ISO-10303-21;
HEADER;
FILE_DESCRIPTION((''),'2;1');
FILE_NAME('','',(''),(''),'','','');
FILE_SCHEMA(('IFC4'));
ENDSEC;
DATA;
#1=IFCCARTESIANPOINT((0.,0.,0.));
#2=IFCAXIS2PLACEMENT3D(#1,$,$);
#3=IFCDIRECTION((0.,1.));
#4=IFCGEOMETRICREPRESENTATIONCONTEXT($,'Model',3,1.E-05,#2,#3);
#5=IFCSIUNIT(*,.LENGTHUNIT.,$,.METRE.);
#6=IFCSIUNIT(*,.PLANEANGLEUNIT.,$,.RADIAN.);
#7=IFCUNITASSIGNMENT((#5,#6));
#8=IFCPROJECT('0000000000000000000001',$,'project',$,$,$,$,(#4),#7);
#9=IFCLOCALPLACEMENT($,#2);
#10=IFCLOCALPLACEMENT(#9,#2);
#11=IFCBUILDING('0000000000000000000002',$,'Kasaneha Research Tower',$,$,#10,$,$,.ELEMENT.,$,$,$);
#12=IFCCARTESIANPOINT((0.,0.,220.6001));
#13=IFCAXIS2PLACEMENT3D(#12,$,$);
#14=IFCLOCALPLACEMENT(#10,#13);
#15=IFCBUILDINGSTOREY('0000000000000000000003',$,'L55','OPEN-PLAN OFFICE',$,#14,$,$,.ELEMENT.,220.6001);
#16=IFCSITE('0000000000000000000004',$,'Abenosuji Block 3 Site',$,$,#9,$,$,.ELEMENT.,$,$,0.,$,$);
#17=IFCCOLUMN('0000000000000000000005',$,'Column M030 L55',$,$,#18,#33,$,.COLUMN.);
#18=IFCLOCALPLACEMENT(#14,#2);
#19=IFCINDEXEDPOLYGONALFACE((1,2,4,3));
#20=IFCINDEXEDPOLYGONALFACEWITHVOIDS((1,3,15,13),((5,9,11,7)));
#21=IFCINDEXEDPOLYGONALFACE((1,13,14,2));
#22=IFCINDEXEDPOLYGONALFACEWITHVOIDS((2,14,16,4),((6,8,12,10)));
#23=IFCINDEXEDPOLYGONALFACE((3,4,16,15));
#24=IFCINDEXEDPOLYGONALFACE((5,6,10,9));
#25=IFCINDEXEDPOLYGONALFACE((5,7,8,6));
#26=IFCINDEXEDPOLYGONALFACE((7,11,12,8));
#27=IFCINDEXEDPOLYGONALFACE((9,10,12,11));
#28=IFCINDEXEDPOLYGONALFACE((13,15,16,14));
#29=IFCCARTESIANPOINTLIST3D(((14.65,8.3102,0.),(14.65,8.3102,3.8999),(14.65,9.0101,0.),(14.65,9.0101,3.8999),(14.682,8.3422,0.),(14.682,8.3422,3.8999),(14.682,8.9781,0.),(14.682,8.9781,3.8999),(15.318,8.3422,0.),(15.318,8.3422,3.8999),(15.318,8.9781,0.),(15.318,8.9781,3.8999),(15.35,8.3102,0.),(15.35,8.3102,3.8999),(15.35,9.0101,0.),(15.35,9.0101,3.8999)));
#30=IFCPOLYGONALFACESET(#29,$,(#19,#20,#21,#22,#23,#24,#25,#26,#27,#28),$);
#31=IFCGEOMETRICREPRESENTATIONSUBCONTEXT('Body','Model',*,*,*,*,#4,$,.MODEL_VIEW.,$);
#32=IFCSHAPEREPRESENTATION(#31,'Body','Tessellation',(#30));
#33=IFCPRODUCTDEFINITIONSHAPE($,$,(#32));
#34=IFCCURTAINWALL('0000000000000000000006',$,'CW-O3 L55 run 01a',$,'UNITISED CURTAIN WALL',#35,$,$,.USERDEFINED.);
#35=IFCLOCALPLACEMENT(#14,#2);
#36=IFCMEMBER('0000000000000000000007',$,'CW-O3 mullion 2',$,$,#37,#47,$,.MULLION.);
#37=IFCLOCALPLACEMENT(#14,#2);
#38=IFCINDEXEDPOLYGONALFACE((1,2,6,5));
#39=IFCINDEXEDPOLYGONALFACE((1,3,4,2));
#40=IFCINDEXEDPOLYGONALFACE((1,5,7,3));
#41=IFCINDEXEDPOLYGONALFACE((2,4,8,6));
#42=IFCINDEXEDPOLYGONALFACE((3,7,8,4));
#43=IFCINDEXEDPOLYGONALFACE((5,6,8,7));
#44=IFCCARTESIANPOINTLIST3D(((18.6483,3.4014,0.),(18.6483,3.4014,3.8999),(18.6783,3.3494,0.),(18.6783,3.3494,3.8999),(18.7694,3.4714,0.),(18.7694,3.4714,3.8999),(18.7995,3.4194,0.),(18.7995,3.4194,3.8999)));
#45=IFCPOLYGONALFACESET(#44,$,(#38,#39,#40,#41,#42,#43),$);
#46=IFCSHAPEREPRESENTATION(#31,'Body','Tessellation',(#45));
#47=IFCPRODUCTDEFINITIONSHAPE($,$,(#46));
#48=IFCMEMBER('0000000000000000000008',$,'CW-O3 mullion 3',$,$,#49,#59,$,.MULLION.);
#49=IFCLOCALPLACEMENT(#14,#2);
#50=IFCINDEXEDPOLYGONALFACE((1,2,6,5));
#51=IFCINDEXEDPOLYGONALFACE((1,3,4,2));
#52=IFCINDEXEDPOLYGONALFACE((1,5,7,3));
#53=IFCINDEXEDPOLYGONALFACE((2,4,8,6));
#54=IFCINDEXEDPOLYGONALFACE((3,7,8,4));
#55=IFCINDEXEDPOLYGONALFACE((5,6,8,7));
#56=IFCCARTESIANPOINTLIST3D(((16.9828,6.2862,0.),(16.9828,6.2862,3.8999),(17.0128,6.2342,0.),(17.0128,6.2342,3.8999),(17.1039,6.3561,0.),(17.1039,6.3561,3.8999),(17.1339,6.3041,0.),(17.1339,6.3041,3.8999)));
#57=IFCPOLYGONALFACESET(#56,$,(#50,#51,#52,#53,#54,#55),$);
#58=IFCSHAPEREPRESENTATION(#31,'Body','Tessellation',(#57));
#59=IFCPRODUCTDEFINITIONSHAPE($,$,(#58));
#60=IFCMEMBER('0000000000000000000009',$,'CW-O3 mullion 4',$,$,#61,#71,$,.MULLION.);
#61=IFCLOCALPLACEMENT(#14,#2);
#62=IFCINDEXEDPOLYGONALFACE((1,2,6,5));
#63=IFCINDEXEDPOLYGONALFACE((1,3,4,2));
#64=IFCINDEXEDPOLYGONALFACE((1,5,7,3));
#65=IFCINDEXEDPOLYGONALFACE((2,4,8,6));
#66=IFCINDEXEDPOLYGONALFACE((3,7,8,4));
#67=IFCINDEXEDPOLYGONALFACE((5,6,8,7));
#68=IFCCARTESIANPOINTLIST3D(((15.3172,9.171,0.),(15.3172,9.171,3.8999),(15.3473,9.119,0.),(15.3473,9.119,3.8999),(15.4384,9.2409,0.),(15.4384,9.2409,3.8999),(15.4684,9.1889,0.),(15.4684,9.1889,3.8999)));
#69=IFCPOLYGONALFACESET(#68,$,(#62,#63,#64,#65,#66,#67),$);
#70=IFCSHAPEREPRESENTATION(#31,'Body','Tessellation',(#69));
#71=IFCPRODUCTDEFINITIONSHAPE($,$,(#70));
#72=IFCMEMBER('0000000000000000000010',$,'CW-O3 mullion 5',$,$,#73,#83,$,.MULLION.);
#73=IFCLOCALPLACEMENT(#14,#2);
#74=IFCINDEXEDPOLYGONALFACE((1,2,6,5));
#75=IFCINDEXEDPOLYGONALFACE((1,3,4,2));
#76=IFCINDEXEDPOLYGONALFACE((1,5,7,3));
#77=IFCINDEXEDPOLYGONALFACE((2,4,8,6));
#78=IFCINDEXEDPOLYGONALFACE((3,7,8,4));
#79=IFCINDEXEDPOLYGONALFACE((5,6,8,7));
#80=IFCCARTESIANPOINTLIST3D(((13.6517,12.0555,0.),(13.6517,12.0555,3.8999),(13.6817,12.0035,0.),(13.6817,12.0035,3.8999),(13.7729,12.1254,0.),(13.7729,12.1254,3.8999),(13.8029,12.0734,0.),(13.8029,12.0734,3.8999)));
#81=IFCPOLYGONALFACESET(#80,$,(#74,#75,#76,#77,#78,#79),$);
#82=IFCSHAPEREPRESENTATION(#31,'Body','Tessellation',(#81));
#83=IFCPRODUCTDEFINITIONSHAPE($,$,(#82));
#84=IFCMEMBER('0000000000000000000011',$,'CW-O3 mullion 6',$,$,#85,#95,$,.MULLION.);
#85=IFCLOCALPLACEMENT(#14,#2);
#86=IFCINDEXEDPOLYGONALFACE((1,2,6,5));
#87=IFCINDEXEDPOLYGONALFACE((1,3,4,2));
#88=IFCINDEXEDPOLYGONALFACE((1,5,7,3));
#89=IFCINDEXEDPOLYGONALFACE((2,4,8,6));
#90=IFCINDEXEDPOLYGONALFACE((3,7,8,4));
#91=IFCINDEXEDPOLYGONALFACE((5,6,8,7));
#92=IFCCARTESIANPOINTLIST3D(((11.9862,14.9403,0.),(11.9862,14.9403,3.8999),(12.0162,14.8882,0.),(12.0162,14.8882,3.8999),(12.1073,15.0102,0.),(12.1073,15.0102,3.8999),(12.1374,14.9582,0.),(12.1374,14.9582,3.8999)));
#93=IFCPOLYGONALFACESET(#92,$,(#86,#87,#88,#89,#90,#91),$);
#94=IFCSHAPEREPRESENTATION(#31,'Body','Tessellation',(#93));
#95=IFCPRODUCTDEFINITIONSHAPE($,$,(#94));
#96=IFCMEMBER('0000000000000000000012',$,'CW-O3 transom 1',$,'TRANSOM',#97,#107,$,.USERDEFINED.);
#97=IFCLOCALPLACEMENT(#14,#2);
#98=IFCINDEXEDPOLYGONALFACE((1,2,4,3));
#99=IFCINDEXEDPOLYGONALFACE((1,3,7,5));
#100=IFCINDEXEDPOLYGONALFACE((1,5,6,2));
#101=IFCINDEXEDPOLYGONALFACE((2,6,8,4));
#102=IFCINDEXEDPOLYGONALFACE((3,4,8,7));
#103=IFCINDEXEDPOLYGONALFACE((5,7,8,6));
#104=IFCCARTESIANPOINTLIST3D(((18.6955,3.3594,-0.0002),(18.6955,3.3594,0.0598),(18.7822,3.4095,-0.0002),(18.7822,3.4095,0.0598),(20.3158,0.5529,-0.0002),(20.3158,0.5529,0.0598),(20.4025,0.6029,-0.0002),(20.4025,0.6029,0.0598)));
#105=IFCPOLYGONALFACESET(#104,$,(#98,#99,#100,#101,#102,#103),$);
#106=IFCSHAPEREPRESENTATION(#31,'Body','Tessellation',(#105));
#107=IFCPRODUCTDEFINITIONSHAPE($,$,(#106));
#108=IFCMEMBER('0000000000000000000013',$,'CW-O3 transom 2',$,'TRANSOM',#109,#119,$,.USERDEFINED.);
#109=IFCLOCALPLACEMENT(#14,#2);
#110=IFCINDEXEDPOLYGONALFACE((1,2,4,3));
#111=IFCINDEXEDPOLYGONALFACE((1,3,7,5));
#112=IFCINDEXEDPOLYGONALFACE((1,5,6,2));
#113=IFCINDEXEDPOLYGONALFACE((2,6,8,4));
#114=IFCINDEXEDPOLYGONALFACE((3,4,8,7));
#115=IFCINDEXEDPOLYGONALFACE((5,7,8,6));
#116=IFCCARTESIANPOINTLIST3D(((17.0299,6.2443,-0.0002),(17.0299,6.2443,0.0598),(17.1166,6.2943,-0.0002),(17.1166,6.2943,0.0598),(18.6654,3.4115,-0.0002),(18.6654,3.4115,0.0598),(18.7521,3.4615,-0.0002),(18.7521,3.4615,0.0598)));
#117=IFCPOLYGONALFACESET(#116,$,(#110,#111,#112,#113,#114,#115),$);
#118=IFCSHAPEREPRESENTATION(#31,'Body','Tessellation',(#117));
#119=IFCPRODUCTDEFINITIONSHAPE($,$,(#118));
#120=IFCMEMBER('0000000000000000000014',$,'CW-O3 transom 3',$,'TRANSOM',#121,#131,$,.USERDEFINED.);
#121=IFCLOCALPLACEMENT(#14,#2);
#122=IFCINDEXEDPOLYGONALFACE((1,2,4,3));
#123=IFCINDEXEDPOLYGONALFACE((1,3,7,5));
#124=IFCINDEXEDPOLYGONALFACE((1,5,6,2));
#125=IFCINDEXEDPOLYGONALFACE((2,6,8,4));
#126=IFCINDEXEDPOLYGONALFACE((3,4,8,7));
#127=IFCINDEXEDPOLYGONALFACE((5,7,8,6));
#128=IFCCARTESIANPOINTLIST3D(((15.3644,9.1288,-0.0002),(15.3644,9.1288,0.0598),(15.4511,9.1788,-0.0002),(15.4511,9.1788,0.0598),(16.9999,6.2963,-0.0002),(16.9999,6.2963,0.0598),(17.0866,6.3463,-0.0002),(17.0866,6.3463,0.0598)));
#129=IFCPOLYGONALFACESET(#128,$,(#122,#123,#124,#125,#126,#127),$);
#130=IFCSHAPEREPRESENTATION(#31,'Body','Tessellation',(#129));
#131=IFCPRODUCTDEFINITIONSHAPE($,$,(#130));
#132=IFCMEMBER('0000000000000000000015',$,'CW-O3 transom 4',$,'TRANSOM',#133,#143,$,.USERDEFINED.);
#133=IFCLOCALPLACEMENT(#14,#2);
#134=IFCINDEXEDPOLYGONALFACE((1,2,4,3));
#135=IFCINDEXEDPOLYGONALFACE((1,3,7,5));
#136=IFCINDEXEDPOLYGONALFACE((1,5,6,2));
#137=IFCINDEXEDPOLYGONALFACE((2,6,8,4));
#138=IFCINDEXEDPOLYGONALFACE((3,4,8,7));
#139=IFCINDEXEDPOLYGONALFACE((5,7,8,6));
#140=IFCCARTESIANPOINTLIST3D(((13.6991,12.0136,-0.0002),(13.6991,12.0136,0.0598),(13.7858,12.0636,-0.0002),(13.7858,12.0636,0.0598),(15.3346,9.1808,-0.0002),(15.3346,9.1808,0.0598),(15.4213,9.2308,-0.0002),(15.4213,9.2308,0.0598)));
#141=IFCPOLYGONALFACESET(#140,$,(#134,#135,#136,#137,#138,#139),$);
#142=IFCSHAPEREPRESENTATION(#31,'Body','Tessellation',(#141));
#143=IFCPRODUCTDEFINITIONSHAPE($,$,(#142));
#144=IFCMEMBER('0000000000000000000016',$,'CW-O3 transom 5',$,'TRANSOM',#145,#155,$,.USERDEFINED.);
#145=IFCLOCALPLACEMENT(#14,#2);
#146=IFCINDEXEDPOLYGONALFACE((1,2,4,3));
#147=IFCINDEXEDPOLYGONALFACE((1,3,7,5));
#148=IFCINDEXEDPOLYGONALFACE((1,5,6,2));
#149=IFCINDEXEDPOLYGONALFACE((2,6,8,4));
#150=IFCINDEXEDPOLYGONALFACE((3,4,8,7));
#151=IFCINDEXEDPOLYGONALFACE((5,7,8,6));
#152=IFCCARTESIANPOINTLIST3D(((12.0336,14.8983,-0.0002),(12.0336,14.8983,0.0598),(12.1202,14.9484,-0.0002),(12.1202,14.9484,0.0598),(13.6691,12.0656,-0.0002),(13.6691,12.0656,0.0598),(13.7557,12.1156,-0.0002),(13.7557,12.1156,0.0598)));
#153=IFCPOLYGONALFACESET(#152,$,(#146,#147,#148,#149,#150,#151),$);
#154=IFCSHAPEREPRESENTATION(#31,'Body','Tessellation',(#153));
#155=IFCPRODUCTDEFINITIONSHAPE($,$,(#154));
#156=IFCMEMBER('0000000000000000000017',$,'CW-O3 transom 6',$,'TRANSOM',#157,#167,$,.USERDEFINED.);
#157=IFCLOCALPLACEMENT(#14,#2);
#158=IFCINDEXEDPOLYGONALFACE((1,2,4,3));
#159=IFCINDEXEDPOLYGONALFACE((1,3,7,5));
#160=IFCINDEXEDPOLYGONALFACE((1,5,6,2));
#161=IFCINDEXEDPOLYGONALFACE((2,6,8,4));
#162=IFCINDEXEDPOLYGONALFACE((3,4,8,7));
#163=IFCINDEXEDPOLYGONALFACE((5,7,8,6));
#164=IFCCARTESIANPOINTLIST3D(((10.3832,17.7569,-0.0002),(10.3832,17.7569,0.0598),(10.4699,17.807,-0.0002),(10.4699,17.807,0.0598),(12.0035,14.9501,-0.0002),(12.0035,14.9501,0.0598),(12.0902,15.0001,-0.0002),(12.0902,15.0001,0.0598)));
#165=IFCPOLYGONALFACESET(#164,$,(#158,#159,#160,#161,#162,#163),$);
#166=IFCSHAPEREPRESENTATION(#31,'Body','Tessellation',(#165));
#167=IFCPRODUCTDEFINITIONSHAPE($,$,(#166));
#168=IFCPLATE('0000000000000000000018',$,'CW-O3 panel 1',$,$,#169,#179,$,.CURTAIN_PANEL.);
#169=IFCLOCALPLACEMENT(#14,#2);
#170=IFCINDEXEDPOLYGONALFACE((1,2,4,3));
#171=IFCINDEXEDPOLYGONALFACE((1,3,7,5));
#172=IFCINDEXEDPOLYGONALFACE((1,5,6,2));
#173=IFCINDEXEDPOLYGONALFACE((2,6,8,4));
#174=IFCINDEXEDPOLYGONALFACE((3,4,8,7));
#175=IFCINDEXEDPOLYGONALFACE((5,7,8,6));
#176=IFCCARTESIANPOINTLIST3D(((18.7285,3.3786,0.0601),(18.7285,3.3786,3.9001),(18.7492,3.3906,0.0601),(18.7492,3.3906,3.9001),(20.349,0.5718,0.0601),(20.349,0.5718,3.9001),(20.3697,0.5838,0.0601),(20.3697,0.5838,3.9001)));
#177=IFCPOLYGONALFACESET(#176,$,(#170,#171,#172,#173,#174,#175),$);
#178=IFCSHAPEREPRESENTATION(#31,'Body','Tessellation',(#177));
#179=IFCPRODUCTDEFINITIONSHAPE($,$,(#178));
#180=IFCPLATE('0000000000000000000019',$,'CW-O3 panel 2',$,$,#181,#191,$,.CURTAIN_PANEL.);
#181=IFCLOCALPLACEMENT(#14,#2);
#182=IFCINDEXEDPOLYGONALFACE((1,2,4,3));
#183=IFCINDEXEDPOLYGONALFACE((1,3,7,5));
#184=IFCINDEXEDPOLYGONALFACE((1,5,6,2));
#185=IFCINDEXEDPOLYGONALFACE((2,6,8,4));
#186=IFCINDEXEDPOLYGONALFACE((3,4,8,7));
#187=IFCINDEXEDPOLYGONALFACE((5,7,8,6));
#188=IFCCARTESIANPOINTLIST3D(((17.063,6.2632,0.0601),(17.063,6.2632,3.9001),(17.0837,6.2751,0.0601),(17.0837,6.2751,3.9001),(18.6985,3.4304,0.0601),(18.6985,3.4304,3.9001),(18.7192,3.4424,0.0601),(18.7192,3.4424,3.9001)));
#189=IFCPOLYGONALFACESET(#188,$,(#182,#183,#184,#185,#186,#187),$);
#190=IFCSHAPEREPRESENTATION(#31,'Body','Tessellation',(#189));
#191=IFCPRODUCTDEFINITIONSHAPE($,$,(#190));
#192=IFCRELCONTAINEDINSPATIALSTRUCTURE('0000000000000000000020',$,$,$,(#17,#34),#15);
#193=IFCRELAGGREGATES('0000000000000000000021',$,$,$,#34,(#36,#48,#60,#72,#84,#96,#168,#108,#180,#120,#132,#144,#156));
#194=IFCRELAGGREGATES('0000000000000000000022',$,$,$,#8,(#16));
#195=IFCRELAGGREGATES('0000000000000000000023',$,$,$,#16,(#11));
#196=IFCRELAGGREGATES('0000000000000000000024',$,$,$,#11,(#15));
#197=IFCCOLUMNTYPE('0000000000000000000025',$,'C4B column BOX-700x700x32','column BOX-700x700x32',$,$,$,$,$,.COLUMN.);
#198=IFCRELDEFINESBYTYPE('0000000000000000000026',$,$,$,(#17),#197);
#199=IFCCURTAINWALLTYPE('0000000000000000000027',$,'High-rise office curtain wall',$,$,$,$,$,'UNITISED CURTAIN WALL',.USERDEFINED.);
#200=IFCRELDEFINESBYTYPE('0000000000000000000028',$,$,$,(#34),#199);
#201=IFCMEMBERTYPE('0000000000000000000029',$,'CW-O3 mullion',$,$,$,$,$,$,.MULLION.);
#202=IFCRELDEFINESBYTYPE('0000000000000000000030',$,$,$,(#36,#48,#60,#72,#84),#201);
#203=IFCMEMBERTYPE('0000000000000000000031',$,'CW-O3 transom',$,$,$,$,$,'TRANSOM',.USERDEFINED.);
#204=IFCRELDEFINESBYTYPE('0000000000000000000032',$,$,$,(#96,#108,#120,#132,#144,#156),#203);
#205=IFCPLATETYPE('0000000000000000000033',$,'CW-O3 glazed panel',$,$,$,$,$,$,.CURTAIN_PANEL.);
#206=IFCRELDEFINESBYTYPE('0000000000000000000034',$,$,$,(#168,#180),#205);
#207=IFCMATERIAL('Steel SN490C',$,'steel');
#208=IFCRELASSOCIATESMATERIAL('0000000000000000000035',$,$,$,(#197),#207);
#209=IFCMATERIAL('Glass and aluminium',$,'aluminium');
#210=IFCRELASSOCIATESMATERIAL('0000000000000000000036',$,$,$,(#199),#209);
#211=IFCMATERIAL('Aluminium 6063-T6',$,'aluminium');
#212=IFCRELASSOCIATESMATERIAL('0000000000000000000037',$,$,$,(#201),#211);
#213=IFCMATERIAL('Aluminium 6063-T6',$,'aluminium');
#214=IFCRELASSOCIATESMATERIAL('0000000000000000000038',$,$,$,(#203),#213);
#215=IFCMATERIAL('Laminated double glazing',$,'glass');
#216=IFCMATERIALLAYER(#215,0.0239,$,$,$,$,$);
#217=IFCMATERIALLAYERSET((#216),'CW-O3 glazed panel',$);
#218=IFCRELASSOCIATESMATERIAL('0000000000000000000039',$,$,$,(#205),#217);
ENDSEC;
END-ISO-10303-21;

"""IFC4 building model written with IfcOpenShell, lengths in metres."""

from ifc_helpers import new_model, si_unit, direction, frame, origin, origin_2d, place, context, subcontext, project, spatial, rectangle, hollow_rectangle, extrude, material, layer, layer_set, material_profile, profile_set, type_object, element, aggregate, save


model = new_model("IFC4")

# Units and contexts
model_context = context("Model", 3, precision=1e-05, world=origin(), true_north=direction((0.0, 1.0)))
body_context = subcontext(model_context, "Body", "Model", "MODEL_VIEW")
ifc_project = project(units=[si_unit("LENGTHUNIT", "METRE"), si_unit("PLANEANGLEUNIT", "RADIAN")], contexts=[model_context])

# Site, building, storey
site_placement = place(None, origin())
site = spatial("IfcSite", under=ifc_project, at=site_placement, Name="Abenosuji Block 3 Site", CompositionType="ELEMENT", RefElevation=0.0)
building_placement = place(site_placement, origin())
building = spatial("IfcBuilding", under=site, at=building_placement, Name="Kasaneha Research Tower", CompositionType="ELEMENT")
storey_placement = place(building_placement, frame((0.0, 0.0, 220.6001)))
storey = spatial("IfcBuildingStorey", under=building, at=storey_placement, Name="L55", Description="OPEN-PLAN OFFICE", CompositionType="ELEMENT", Elevation=220.6001)

# Column
ifc_material_1 = material(Name="Steel SN490C", Category="steel")
ifc_material_profile_1 = material_profile(ifc_material_1, hollow_rectangle(XDim=0.7, YDim=0.7, WallThickness=0.032, at=origin_2d()), Name="BOX-700x700x32")
ifc_profile_set_1 = profile_set([ifc_material_profile_1], Name="Steel SN490C")
column_type = type_object("IfcColumnType", Name="C4B column BOX-700x700x32", Description="column BOX-700x700x32", PredefinedType="COLUMN", material=ifc_profile_set_1)
column_placement = place(storey_placement, frame((15.0, 8.6602, 0.0), z_axis=(0.0, 0.0, 1.0), x_axis=(1.0, 0.0, 0.0)))
element("IfcColumn", 1, at=column_placement, inside=storey, type_object=column_type, Name="Column M030 L55", PredefinedType="COLUMN", context=body_context, shape_type="SweptSolid", body=[
    extrude(hollow_rectangle(XDim=0.7, YDim=0.7, WallThickness=0.032, at=origin_2d()), origin(), (0.0, 0.0, 1.0), 3.8999),
])

# Curtain wall, members, plates
ifc_material_2 = material(Name="Glass and aluminium", Category="aluminium")
curtain_wall_type = type_object("IfcCurtainWallType", Name="High-rise office curtain wall", ElementType="UNITISED CURTAIN WALL", PredefinedType="USERDEFINED", material=ifc_material_2)
curtain_wall_placement = place(storey_placement, origin())
curtain_wall = element("IfcCurtainWall", 2, at=curtain_wall_placement, inside=storey, type_object=curtain_wall_type, Name="CW-O3 L55 run 01a", ObjectType="UNITISED CURTAIN WALL", PredefinedType="USERDEFINED")
ifc_material_3 = material(Name="Aluminium 6063-T6", Category="aluminium")
ifc_material_profile_2 = material_profile(ifc_material_3, rectangle(XDim=0.0601, YDim=0.1399, at=origin_2d()), Name="CW-O3 mullion 60x140")
ifc_profile_set_2 = profile_set([ifc_material_profile_2], Name="Aluminium 6063-T6")
member_type_1 = type_object("IfcMemberType", Name="CW-O3 mullion", PredefinedType="MULLION", material=ifc_profile_set_2)
member_1_placement = place(storey_placement, frame((18.7239, 3.4104, 0.0), z_axis=(0.0, 0.0, 1.0), x_axis=(-0.5, 0.866025, 0.0)))
member_1 = element("IfcMember", 3, at=member_1_placement, type_object=member_type_1, Name="CW-O3 mullion 2", PredefinedType="MULLION", context=body_context, shape_type="SweptSolid", body=[
    extrude(rectangle(XDim=0.0601, YDim=0.1399, at=origin_2d()), origin(), (0.0, 0.0, 1.0), 3.8999),
])
member_2_placement = place(storey_placement, frame((17.0583, 6.2952, 0.0), z_axis=(0.0, 0.0, 1.0), x_axis=(-0.5, 0.866025, 0.0)))
member_2 = element("IfcMember", 4, at=member_2_placement, type_object=member_type_1, Name="CW-O3 mullion 3", PredefinedType="MULLION", context=body_context, shape_type="SweptSolid", body=[
    extrude(rectangle(XDim=0.0601, YDim=0.1399, at=origin_2d()), origin(), (0.0, 0.0, 1.0), 3.8999),
])
member_3_placement = place(storey_placement, frame((15.3928, 9.1799, 0.0), z_axis=(0.0, 0.0, 1.0), x_axis=(-0.5, 0.866025, 0.0)))
member_3 = element("IfcMember", 5, at=member_3_placement, type_object=member_type_1, Name="CW-O3 mullion 4", PredefinedType="MULLION", context=body_context, shape_type="SweptSolid", body=[
    extrude(rectangle(XDim=0.0601, YDim=0.1399, at=origin_2d()), origin(), (0.0, 0.0, 1.0), 3.8999),
])
member_4_placement = place(storey_placement, frame((13.7273, 12.0645, 0.0), z_axis=(0.0, 0.0, 1.0), x_axis=(-0.5, 0.866025, 0.0)))
member_4 = element("IfcMember", 6, at=member_4_placement, type_object=member_type_1, Name="CW-O3 mullion 5", PredefinedType="MULLION", context=body_context, shape_type="SweptSolid", body=[
    extrude(rectangle(XDim=0.0601, YDim=0.1399, at=origin_2d()), origin(), (0.0, 0.0, 1.0), 3.8999),
])
member_5_placement = place(storey_placement, frame((12.0618, 14.9492, 0.0), z_axis=(0.0, 0.0, 1.0), x_axis=(-0.5, 0.866025, 0.0)))
member_5 = element("IfcMember", 7, at=member_5_placement, type_object=member_type_1, Name="CW-O3 mullion 6", PredefinedType="MULLION", context=body_context, shape_type="SweptSolid", body=[
    extrude(rectangle(XDim=0.0601, YDim=0.1399, at=origin_2d()), origin(), (0.0, 0.0, 1.0), 3.8999),
])
ifc_material_4 = material(Name="Aluminium 6063-T6", Category="aluminium")
ifc_material_profile_3 = material_profile(ifc_material_4, rectangle(XDim=0.1001, YDim=0.0601, at=origin_2d()), Name="CW-O3 transom 100x60")
ifc_profile_set_3 = profile_set([ifc_material_profile_3], Name="Aluminium 6063-T6")
member_type_2 = type_object("IfcMemberType", Name="CW-O3 transom", ElementType="TRANSOM", PredefinedType="USERDEFINED", material=ifc_profile_set_3)
member_6_placement = place(storey_placement, frame((20.3591, 0.5779, 0.0298), z_axis=(-0.499988, 0.866033, 0.0), x_axis=(-0.866033, -0.499988, 0.0)))
member_6 = element("IfcMember", 8, at=member_6_placement, type_object=member_type_2, Name="CW-O3 transom 1", ObjectType="TRANSOM", PredefinedType="USERDEFINED", context=body_context, shape_type="SweptSolid", body=[
    extrude(rectangle(XDim=0.1001, YDim=0.0601, at=origin_2d()), origin(), (0.0, 0.0, 1.0), 3.2407),
])
member_7_placement = place(storey_placement, frame((18.7087, 3.4365, 0.0298), z_axis=(-0.5, 0.866025, 0.0), x_axis=(-0.866025, -0.5, 0.0)))
member_7 = element("IfcMember", 9, at=member_7_placement, type_object=member_type_2, Name="CW-O3 transom 2", ObjectType="TRANSOM", PredefinedType="USERDEFINED", context=body_context, shape_type="SweptSolid", body=[
    extrude(rectangle(XDim=0.1001, YDim=0.0601, at=origin_2d()), origin(), (0.0, 0.0, 1.0), 3.271),
])
member_8_placement = place(storey_placement, frame((17.0432, 6.3213, 0.0298), z_axis=(-0.500033, 0.866007, 0.0), x_axis=(-0.866007, -0.500033, 0.0)))
member_8 = element("IfcMember", 10, at=member_8_placement, type_object=member_type_2, Name="CW-O3 transom 3", ObjectType="TRANSOM", PredefinedType="USERDEFINED", context=body_context, shape_type="SweptSolid", body=[
    extrude(rectangle(XDim=0.1001, YDim=0.0601, at=origin_2d()), origin(), (0.0, 0.0, 1.0), 3.2708),
])
member_9_placement = place(storey_placement, frame((15.3779, 9.2058, 0.0298), z_axis=(-0.5, 0.866025, 0.0), x_axis=(-0.866025, -0.5, 0.0)))
member_9 = element("IfcMember", 11, at=member_9_placement, type_object=member_type_2, Name="CW-O3 transom 4", ObjectType="TRANSOM", PredefinedType="USERDEFINED", context=body_context, shape_type="SweptSolid", body=[
    extrude(rectangle(XDim=0.1001, YDim=0.0601, at=origin_2d()), origin(), (0.0, 0.0, 1.0), 3.271),
])
member_10_placement = place(storey_placement, frame((13.7124, 12.0906, 0.0298), z_axis=(-0.5, 0.866025, 0.0), x_axis=(-0.866025, -0.5, 0.0)))
member_10 = element("IfcMember", 12, at=member_10_placement, type_object=member_type_2, Name="CW-O3 transom 5", ObjectType="TRANSOM", PredefinedType="USERDEFINED", context=body_context, shape_type="SweptSolid", body=[
    extrude(rectangle(XDim=0.1001, YDim=0.0601, at=origin_2d()), origin(), (0.0, 0.0, 1.0), 3.271),
])
member_11_placement = place(storey_placement, frame((12.0469, 14.9751, 0.0298), z_axis=(-0.499955, 0.866051, 0.0), x_axis=(-0.866051, -0.499955, 0.0)))
member_11 = element("IfcMember", 13, at=member_11_placement, type_object=member_type_2, Name="CW-O3 transom 6", ObjectType="TRANSOM", PredefinedType="USERDEFINED", context=body_context, shape_type="SweptSolid", body=[
    extrude(rectangle(XDim=0.1001, YDim=0.0601, at=origin_2d()), origin(), (0.0, 0.0, 1.0), 3.241),
])
ifc_material_5 = material(Name="Laminated double glazing", Category="glass")
ifc_layer_1 = layer(ifc_material_5, 0.0239)
ifc_layer_set_1 = layer_set([ifc_layer_1], Name="CW-O3 glazed panel")
plate_type = type_object("IfcPlateType", Name="CW-O3 glazed panel", PredefinedType="CURTAIN_PANEL", material=ifc_layer_set_1)
plate_1_placement = place(storey_placement, frame((19.5491, 1.9812, 0.0601), z_axis=(0.0, 0.0, 1.0), x_axis=(-0.5, 0.866025, 0.0)))
plate_1 = element("IfcPlate", 14, at=plate_1_placement, type_object=plate_type, Name="CW-O3 panel 1", PredefinedType="CURTAIN_PANEL", context=body_context, shape_type="SweptSolid", body=[
    extrude(rectangle(XDim=3.241, YDim=0.0239, at=origin_2d()), origin(), (0.0, 0.0, 1.0), 3.8401),
])
plate_2_placement = place(storey_placement, frame((17.8911, 4.8528, 0.0601), z_axis=(0.0, 0.0, 1.0), x_axis=(-0.5, 0.866025, 0.0)))
plate_2 = element("IfcPlate", 15, at=plate_2_placement, type_object=plate_type, Name="CW-O3 panel 2", PredefinedType="CURTAIN_PANEL", context=body_context, shape_type="SweptSolid", body=[
    extrude(rectangle(XDim=3.271, YDim=0.0239, at=origin_2d()), origin(), (0.0, 0.0, 1.0), 3.8401),
])
aggregate(curtain_wall, [member_1, member_2, member_3, member_4, member_5, member_6, plate_1, member_7, plate_2, member_8, member_9, member_10, member_11])

save(model, "model.ifc")
